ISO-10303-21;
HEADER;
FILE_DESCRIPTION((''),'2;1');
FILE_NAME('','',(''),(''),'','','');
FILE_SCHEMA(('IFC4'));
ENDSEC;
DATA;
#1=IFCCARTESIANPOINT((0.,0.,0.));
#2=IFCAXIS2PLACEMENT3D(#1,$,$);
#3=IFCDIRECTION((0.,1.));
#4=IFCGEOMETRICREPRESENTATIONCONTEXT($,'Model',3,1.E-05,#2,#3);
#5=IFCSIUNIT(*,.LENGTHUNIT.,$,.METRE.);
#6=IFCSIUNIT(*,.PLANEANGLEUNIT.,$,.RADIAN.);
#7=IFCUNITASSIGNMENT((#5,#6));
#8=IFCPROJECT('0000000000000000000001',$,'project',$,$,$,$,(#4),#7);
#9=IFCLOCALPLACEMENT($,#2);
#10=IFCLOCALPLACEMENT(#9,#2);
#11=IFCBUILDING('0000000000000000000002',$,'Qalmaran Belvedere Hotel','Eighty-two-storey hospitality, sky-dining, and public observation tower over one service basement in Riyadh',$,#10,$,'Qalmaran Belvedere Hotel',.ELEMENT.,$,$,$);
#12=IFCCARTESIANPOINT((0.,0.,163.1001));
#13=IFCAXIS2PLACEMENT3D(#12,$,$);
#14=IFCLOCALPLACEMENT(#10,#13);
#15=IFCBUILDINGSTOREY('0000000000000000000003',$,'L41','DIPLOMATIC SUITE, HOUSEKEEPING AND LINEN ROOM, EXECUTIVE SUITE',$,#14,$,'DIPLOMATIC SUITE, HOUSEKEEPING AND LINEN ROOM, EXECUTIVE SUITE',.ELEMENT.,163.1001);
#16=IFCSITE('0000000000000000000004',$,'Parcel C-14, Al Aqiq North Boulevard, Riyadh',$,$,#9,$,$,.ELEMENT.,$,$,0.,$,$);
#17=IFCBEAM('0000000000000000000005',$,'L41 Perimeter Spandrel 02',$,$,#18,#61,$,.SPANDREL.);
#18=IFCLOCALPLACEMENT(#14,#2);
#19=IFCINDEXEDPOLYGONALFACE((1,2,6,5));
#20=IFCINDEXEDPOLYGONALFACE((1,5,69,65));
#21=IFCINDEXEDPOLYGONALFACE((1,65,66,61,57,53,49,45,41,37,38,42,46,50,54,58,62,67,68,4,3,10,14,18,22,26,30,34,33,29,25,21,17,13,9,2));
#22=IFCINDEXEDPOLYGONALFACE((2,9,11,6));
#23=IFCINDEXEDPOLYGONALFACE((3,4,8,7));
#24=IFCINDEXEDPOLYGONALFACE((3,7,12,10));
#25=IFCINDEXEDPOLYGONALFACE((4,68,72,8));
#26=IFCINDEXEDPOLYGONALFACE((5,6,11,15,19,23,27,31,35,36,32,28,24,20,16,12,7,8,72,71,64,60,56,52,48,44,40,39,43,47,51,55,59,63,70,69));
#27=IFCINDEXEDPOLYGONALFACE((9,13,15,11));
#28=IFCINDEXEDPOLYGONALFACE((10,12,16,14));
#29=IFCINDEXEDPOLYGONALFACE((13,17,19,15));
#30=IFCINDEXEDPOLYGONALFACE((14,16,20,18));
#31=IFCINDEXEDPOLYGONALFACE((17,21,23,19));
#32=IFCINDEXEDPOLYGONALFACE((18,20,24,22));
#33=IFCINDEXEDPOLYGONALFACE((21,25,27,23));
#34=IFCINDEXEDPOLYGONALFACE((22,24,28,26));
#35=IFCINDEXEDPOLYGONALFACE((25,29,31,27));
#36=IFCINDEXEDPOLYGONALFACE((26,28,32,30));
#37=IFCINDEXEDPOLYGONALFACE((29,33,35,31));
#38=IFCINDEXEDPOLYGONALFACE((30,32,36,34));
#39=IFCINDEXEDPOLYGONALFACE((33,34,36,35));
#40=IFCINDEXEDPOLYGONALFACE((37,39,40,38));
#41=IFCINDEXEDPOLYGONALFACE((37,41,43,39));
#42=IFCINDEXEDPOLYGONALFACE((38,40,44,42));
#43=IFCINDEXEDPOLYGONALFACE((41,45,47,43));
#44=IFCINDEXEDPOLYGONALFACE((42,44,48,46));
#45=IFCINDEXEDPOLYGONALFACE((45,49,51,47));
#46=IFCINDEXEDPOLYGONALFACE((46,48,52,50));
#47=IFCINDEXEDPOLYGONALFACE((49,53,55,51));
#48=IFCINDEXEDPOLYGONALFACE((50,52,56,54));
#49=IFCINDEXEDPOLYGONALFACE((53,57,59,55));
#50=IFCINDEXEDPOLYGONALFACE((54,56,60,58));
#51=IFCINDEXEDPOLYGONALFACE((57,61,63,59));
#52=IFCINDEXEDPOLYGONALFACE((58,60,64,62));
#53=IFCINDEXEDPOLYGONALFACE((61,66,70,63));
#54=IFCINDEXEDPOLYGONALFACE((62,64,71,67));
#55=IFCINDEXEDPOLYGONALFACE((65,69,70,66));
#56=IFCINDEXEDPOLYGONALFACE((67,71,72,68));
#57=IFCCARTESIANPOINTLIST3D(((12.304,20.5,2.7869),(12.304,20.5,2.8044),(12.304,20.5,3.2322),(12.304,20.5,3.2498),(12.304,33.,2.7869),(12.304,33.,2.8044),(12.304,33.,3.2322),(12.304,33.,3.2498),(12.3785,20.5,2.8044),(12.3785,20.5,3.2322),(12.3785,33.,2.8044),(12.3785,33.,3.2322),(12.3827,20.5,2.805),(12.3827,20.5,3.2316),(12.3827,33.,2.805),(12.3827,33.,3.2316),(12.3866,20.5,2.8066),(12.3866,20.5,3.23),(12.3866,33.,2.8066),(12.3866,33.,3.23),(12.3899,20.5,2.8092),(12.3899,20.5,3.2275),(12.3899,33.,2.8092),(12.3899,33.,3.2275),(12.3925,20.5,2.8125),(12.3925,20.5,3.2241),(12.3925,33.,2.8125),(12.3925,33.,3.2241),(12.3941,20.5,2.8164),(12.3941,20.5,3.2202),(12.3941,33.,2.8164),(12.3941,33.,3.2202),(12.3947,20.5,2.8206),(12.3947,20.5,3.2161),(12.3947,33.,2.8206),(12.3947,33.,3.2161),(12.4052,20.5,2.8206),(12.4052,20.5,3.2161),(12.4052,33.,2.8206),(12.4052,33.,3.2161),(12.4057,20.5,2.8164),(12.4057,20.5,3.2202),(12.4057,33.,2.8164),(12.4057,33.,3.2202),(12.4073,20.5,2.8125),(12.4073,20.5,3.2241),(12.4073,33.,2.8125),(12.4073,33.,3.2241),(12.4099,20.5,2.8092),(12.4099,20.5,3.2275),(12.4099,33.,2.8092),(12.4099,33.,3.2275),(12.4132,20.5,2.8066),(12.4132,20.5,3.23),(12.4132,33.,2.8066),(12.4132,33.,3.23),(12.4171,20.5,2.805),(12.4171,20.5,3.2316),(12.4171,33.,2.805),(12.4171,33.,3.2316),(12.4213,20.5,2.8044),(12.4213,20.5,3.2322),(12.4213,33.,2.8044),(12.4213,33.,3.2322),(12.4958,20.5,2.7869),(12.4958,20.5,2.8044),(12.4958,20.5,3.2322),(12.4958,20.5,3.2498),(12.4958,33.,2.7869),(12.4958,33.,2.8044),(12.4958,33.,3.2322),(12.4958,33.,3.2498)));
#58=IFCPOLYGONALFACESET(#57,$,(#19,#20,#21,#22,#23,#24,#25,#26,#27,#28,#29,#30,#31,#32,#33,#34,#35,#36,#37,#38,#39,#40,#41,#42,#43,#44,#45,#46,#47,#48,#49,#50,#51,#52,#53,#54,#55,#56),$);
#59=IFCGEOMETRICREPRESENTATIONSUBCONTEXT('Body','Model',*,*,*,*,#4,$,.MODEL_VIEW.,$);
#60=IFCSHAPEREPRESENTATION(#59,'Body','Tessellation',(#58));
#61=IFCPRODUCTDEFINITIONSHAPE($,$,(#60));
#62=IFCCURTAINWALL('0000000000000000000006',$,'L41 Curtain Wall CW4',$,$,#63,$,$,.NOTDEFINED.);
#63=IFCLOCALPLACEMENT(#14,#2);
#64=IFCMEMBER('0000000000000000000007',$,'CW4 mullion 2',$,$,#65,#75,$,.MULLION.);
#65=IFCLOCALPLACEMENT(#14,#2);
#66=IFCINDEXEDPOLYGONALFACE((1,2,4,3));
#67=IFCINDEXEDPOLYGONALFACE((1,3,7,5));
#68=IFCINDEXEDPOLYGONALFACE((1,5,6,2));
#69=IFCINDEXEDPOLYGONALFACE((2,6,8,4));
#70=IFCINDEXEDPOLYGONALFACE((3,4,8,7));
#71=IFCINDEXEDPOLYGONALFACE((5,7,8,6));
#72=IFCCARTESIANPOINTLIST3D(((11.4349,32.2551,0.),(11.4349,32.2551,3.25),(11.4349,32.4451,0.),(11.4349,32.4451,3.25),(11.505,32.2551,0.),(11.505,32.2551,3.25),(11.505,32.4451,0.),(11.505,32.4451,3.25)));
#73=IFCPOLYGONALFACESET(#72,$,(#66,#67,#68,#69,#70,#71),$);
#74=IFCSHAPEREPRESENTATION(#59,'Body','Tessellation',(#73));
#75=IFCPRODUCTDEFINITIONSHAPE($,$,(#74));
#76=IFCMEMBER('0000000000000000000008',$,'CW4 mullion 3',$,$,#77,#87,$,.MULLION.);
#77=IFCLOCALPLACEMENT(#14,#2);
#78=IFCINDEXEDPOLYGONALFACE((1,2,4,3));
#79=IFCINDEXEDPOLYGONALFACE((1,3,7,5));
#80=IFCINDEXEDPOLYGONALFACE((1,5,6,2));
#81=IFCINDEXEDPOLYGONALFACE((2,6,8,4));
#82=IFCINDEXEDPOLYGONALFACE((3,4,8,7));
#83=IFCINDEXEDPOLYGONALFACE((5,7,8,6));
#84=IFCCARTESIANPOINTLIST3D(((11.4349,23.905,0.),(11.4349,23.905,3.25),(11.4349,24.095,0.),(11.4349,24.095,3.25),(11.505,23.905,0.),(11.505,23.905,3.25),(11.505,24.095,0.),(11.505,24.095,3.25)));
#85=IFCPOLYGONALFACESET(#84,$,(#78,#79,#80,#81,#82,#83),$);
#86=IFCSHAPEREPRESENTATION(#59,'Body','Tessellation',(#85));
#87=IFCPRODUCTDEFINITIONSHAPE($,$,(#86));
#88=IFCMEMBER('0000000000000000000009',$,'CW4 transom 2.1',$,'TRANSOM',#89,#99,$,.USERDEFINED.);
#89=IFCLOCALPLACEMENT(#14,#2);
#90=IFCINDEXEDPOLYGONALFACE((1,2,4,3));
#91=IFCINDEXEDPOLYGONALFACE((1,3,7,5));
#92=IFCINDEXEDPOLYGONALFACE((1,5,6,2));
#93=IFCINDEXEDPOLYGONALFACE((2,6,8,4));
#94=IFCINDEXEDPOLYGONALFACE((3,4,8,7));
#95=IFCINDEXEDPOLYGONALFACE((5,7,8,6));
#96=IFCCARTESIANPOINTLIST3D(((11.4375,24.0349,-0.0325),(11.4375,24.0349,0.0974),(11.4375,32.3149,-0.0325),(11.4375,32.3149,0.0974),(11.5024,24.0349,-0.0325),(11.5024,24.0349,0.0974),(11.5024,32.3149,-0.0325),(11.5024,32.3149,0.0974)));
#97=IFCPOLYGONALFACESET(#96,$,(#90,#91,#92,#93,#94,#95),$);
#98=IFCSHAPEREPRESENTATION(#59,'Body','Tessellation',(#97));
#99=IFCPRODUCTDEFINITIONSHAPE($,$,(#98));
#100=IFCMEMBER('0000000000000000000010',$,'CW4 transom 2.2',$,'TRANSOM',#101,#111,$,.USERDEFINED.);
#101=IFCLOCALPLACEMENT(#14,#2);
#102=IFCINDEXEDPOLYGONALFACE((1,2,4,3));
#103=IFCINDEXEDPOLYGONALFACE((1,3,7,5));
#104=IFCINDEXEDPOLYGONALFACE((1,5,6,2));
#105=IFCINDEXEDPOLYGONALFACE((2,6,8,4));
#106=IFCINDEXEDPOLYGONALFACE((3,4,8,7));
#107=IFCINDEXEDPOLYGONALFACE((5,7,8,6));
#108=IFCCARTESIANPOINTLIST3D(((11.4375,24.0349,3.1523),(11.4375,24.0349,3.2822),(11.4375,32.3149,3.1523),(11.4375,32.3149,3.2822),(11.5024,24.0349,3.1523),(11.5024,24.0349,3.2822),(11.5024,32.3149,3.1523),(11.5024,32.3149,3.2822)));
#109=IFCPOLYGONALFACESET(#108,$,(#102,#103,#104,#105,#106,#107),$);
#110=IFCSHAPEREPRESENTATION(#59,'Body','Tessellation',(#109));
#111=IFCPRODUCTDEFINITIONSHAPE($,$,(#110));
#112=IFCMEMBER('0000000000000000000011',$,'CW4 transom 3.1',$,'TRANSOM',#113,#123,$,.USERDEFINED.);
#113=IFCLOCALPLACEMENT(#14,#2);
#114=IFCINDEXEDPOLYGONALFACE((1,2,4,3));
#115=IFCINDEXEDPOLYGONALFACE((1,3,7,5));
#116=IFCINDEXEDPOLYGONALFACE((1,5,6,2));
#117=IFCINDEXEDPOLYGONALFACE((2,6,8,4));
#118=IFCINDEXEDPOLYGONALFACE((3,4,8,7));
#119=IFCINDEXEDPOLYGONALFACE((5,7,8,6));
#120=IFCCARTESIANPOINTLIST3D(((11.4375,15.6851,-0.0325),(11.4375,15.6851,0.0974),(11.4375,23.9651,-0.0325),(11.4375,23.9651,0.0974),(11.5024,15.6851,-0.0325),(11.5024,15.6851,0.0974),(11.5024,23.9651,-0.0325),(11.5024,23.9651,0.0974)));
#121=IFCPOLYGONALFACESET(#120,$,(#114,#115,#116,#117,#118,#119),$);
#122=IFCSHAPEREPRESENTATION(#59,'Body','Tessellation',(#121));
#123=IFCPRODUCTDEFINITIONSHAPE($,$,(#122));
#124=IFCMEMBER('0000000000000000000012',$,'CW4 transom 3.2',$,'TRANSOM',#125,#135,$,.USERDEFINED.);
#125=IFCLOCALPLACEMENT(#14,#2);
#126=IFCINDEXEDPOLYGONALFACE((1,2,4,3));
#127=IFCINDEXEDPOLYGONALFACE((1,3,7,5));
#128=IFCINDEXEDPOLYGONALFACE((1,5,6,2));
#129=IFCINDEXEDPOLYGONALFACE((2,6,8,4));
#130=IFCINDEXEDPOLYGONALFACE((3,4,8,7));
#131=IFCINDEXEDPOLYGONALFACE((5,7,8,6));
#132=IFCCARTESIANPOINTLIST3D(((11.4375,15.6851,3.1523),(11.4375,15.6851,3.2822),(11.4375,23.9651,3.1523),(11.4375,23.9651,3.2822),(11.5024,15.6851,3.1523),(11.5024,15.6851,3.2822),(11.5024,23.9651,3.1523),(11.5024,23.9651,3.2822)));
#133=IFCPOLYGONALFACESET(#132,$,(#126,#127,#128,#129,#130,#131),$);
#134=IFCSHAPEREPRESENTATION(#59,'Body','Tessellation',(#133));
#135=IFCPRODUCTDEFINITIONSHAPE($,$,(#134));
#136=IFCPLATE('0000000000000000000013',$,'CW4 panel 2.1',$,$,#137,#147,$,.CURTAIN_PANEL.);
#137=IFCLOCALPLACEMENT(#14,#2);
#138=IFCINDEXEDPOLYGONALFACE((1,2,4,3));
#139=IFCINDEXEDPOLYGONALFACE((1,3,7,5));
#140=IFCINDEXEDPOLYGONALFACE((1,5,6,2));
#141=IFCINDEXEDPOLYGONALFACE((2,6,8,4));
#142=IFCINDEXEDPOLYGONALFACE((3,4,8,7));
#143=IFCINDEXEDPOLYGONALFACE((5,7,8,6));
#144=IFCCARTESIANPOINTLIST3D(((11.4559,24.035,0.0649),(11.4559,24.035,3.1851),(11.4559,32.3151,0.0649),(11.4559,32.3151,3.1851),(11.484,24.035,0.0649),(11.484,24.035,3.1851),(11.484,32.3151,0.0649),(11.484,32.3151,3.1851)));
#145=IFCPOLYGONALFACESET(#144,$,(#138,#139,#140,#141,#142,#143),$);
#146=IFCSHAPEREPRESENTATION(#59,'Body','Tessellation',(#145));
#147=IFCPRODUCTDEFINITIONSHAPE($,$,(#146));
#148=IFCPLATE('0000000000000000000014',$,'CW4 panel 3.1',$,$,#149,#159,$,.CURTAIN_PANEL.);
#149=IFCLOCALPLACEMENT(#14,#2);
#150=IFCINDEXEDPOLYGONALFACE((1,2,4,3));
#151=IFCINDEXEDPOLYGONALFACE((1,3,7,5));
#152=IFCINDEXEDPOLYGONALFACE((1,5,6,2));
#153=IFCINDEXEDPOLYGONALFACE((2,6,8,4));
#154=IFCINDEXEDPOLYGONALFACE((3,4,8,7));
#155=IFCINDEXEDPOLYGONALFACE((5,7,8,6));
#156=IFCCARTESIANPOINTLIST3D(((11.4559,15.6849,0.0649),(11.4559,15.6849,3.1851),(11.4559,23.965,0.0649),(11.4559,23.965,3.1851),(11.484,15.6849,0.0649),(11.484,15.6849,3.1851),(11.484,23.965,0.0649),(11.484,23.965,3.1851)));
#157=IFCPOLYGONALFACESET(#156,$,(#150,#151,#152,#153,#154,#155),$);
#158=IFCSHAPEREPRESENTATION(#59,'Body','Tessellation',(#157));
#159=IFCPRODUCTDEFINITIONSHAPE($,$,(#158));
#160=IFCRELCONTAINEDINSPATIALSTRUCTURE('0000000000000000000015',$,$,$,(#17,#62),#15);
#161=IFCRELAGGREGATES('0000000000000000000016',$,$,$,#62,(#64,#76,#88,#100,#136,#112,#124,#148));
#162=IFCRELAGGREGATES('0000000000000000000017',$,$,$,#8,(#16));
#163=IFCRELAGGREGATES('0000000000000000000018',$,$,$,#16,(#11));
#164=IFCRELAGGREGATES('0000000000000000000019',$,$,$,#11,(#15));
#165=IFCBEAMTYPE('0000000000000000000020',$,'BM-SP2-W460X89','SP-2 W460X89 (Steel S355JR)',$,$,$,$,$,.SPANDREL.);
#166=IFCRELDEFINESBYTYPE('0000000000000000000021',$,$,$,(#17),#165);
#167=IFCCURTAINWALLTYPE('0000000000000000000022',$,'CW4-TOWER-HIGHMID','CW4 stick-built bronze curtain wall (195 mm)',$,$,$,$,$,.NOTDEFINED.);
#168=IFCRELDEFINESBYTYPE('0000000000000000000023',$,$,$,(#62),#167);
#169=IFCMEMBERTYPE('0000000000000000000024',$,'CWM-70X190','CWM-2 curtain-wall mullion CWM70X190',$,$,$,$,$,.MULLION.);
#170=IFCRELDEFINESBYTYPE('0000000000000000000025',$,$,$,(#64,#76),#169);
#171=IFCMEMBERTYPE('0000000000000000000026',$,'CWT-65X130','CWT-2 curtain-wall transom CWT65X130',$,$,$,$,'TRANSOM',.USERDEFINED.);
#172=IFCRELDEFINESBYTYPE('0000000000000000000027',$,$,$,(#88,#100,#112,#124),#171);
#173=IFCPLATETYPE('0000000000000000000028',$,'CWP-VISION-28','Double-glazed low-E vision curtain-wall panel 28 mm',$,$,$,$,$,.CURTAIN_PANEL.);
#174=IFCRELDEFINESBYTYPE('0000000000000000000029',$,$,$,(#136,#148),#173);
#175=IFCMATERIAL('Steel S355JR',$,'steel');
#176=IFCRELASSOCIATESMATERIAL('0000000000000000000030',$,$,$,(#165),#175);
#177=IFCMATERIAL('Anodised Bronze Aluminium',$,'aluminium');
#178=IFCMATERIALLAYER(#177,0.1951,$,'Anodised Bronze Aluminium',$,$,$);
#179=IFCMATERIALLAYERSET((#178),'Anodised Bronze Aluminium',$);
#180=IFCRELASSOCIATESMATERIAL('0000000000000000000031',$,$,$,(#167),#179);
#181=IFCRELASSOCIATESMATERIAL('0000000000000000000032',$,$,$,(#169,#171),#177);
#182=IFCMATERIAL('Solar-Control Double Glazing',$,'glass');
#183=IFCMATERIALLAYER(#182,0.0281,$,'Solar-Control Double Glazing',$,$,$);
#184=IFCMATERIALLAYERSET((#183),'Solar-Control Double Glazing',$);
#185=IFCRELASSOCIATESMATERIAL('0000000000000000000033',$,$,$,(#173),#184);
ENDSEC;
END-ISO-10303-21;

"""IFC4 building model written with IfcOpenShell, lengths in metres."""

from ifc_helpers import new_model, si_unit, direction, frame, origin, origin_2d, place, context, subcontext, project, spatial, rectangle, i_section, extrude, material, layer, layer_set, material_profile, profile_set, type_object, element, aggregate, save


model = new_model("IFC4")

# Units and contexts
model_context = context("Model", 3, precision=1e-05, world=origin(), true_north=direction((0.0, 1.0)))
body_context = subcontext(model_context, "Body", "Model", "MODEL_VIEW")
ifc_project = project(units=[si_unit("LENGTHUNIT", "METRE"), si_unit("PLANEANGLEUNIT", "RADIAN")], contexts=[model_context])

# Site, building, storey
site_placement = place(None, origin())
site = spatial("IfcSite", under=ifc_project, at=site_placement, Name="Parcel C-14, Al Aqiq North Boulevard, Riyadh", CompositionType="ELEMENT", RefElevation=0.0)
building_placement = place(site_placement, origin())
building = spatial("IfcBuilding", under=site, at=building_placement, Name="Qalmaran Belvedere Hotel", Description="Eighty-two-storey hospitality, sky-dining, and public observation tower over one service basement in Riyadh", LongName="Qalmaran Belvedere Hotel", CompositionType="ELEMENT")
storey_placement = place(building_placement, frame((0.0, 0.0, 163.1001)))
storey = spatial("IfcBuildingStorey", under=building, at=storey_placement, Name="L41", Description="DIPLOMATIC SUITE, HOUSEKEEPING AND LINEN ROOM, EXECUTIVE SUITE", LongName="DIPLOMATIC SUITE, HOUSEKEEPING AND LINEN ROOM, EXECUTIVE SUITE", CompositionType="ELEMENT", Elevation=163.1001)

# Beam
ifc_material_1 = material(Name="Steel S355JR", Category="steel")
ifc_material_profile_1 = material_profile(ifc_material_1, i_section(OverallWidth=0.1919, OverallDepth=0.4629, WebThickness=0.0105, FlangeThickness=0.0176, FilletRadius=0.0161, at=origin_2d()), Name="W460X89")
ifc_profile_set_1 = profile_set([ifc_material_profile_1], Name="Steel S355JR")
beam_type_1 = type_object("IfcBeamType", Name="BM-SP2-W460X89", Description="SP-2 W460X89 (Steel S355JR)", PredefinedType="SPANDREL", material=ifc_profile_set_1)
beam_1_placement = place(storey_placement, frame((12.3999, 20.5, 3.0183), z_axis=(0.0, 1.0, 0.0), x_axis=(-1.0, 0.0, 0.0)))
element("IfcBeam", 1, at=beam_1_placement, inside=storey, type_object=beam_type_1, Name="L41 Perimeter Spandrel 02", PredefinedType="SPANDREL", context=body_context, shape_type="SweptSolid", body=[
    extrude(i_section(OverallWidth=0.1919, OverallDepth=0.4629, WebThickness=0.0105, FlangeThickness=0.0176, FilletRadius=0.0161, at=origin_2d()), origin(), (0.0, 0.0, 1.0), 12.5),
])

# Curtain wall, members, plates
ifc_material_2 = material(Name="Anodised Bronze Aluminium", Category="aluminium")
ifc_layer_1 = layer(ifc_material_2, 0.1951, Name="Anodised Bronze Aluminium")
ifc_layer_set_1 = layer_set([ifc_layer_1], Name="Anodised Bronze Aluminium")
curtain_wall_type = type_object("IfcCurtainWallType", Name="CW4-TOWER-HIGHMID", Description="CW4 stick-built bronze curtain wall (195 mm)", PredefinedType="NOTDEFINED", material=ifc_layer_set_1)
curtain_wall_placement = place(storey_placement, origin())
curtain_wall = element("IfcCurtainWall", 2, at=curtain_wall_placement, inside=storey, type_object=curtain_wall_type, Name="L41 Curtain Wall CW4", PredefinedType="NOTDEFINED")
ifc_material_profile_2 = material_profile(ifc_material_2, rectangle(XDim=0.0701, YDim=0.1899, at=origin_2d()), Name="CWM70X190")
ifc_profile_set_2 = profile_set([ifc_material_profile_2], Name="Anodised Bronze Aluminium")
member_type_1 = type_object("IfcMemberType", Name="CWM-70X190", Description="CWM-2 curtain-wall mullion CWM70X190", PredefinedType="MULLION", material=ifc_profile_set_2)
member_1_placement = place(storey_placement, frame((11.47, 32.3501, 0.0), z_axis=(0.0, 0.0, 1.0), x_axis=(1.0, 0.0, 0.0)))
member_1 = element("IfcMember", 3, at=member_1_placement, type_object=member_type_1, Name="CW4 mullion 2", PredefinedType="MULLION", context=body_context, shape_type="SweptSolid", body=[
    extrude(rectangle(XDim=0.0701, YDim=0.1899, at=origin_2d()), origin(), (0.0, 0.0, 1.0), 3.25),
])
member_2_placement = place(storey_placement, frame((11.47, 24.0, 0.0), z_axis=(0.0, 0.0, 1.0), x_axis=(1.0, 0.0, 0.0)))
member_2 = element("IfcMember", 4, at=member_2_placement, type_object=member_type_1, Name="CW4 mullion 3", PredefinedType="MULLION", context=body_context, shape_type="SweptSolid", body=[
    extrude(rectangle(XDim=0.0701, YDim=0.1899, at=origin_2d()), origin(), (0.0, 0.0, 1.0), 3.25),
])
ifc_material_profile_3 = material_profile(ifc_material_2, rectangle(XDim=0.0649, YDim=0.1299, at=origin_2d()), Name="CWT65X130")
ifc_profile_set_3 = profile_set([ifc_material_profile_3], Name="Anodised Bronze Aluminium")
member_type_2 = type_object("IfcMemberType", Name="CWT-65X130", Description="CWT-2 curtain-wall transom CWT65X130", ElementType="TRANSOM", PredefinedType="USERDEFINED", material=ifc_profile_set_3)
member_3_placement = place(storey_placement, frame((11.47, 32.3149, 0.0325), z_axis=(0.0, -1.0, 0.0), x_axis=(1.0, 0.0, 0.0)))
member_3 = element("IfcMember", 5, at=member_3_placement, type_object=member_type_2, Name="CW4 transom 2.1", ObjectType="TRANSOM", PredefinedType="USERDEFINED", context=body_context, shape_type="SweptSolid", body=[
    extrude(rectangle(XDim=0.0649, YDim=0.1299, at=origin_2d()), origin(), (0.0, 0.0, 1.0), 8.28),
])
member_4_placement = place(storey_placement, frame((11.47, 32.3149, 3.2173), z_axis=(0.0, -1.0, 0.0), x_axis=(1.0, 0.0, 0.0)))
member_4 = element("IfcMember", 6, at=member_4_placement, type_object=member_type_2, Name="CW4 transom 2.2", ObjectType="TRANSOM", PredefinedType="USERDEFINED", context=body_context, shape_type="SweptSolid", body=[
    extrude(rectangle(XDim=0.0649, YDim=0.1299, at=origin_2d()), origin(), (0.0, 0.0, 1.0), 8.28),
])
member_5_placement = place(storey_placement, frame((11.47, 23.9651, 0.0325), z_axis=(0.0, -1.0, 0.0), x_axis=(1.0, 0.0, 0.0)))
member_5 = element("IfcMember", 7, at=member_5_placement, type_object=member_type_2, Name="CW4 transom 3.1", ObjectType="TRANSOM", PredefinedType="USERDEFINED", context=body_context, shape_type="SweptSolid", body=[
    extrude(rectangle(XDim=0.0649, YDim=0.1299, at=origin_2d()), origin(), (0.0, 0.0, 1.0), 8.28),
])
member_6_placement = place(storey_placement, frame((11.47, 23.9651, 3.2173), z_axis=(0.0, -1.0, 0.0), x_axis=(1.0, 0.0, 0.0)))
member_6 = element("IfcMember", 8, at=member_6_placement, type_object=member_type_2, Name="CW4 transom 3.2", ObjectType="TRANSOM", PredefinedType="USERDEFINED", context=body_context, shape_type="SweptSolid", body=[
    extrude(rectangle(XDim=0.0649, YDim=0.1299, at=origin_2d()), origin(), (0.0, 0.0, 1.0), 8.28),
])
ifc_material_3 = material(Name="Solar-Control Double Glazing", Category="glass")
ifc_layer_2 = layer(ifc_material_3, 0.0281, Name="Solar-Control Double Glazing")
ifc_layer_set_2 = layer_set([ifc_layer_2], Name="Solar-Control Double Glazing")
plate_type = type_object("IfcPlateType", Name="CWP-VISION-28", Description="Double-glazed low-E vision curtain-wall panel 28 mm", PredefinedType="CURTAIN_PANEL", material=ifc_layer_set_2)
plate_1_placement = place(storey_placement, frame((11.47, 28.175, 0.0649), z_axis=(0.0, 0.0, 1.0), x_axis=(0.0, -1.0, 0.0)))
plate_1 = element("IfcPlate", 9, at=plate_1_placement, type_object=plate_type, Name="CW4 panel 2.1", PredefinedType="CURTAIN_PANEL", context=body_context, shape_type="SweptSolid", body=[
    extrude(rectangle(XDim=8.28, YDim=0.0281, at=origin_2d()), origin(), (0.0, 0.0, 1.0), 3.1201),
])
plate_2_placement = place(storey_placement, frame((11.47, 19.825, 0.0649), z_axis=(0.0, 0.0, 1.0), x_axis=(0.0, -1.0, 0.0)))
plate_2 = element("IfcPlate", 10, at=plate_2_placement, type_object=plate_type, Name="CW4 panel 3.1", PredefinedType="CURTAIN_PANEL", context=body_context, shape_type="SweptSolid", body=[
    extrude(rectangle(XDim=8.28, YDim=0.0281, at=origin_2d()), origin(), (0.0, 0.0, 1.0), 3.1201),
])
aggregate(curtain_wall, [member_1, member_2, member_3, member_4, plate_1, member_5, member_6, plate_2])

save(model, "model.ifc")
